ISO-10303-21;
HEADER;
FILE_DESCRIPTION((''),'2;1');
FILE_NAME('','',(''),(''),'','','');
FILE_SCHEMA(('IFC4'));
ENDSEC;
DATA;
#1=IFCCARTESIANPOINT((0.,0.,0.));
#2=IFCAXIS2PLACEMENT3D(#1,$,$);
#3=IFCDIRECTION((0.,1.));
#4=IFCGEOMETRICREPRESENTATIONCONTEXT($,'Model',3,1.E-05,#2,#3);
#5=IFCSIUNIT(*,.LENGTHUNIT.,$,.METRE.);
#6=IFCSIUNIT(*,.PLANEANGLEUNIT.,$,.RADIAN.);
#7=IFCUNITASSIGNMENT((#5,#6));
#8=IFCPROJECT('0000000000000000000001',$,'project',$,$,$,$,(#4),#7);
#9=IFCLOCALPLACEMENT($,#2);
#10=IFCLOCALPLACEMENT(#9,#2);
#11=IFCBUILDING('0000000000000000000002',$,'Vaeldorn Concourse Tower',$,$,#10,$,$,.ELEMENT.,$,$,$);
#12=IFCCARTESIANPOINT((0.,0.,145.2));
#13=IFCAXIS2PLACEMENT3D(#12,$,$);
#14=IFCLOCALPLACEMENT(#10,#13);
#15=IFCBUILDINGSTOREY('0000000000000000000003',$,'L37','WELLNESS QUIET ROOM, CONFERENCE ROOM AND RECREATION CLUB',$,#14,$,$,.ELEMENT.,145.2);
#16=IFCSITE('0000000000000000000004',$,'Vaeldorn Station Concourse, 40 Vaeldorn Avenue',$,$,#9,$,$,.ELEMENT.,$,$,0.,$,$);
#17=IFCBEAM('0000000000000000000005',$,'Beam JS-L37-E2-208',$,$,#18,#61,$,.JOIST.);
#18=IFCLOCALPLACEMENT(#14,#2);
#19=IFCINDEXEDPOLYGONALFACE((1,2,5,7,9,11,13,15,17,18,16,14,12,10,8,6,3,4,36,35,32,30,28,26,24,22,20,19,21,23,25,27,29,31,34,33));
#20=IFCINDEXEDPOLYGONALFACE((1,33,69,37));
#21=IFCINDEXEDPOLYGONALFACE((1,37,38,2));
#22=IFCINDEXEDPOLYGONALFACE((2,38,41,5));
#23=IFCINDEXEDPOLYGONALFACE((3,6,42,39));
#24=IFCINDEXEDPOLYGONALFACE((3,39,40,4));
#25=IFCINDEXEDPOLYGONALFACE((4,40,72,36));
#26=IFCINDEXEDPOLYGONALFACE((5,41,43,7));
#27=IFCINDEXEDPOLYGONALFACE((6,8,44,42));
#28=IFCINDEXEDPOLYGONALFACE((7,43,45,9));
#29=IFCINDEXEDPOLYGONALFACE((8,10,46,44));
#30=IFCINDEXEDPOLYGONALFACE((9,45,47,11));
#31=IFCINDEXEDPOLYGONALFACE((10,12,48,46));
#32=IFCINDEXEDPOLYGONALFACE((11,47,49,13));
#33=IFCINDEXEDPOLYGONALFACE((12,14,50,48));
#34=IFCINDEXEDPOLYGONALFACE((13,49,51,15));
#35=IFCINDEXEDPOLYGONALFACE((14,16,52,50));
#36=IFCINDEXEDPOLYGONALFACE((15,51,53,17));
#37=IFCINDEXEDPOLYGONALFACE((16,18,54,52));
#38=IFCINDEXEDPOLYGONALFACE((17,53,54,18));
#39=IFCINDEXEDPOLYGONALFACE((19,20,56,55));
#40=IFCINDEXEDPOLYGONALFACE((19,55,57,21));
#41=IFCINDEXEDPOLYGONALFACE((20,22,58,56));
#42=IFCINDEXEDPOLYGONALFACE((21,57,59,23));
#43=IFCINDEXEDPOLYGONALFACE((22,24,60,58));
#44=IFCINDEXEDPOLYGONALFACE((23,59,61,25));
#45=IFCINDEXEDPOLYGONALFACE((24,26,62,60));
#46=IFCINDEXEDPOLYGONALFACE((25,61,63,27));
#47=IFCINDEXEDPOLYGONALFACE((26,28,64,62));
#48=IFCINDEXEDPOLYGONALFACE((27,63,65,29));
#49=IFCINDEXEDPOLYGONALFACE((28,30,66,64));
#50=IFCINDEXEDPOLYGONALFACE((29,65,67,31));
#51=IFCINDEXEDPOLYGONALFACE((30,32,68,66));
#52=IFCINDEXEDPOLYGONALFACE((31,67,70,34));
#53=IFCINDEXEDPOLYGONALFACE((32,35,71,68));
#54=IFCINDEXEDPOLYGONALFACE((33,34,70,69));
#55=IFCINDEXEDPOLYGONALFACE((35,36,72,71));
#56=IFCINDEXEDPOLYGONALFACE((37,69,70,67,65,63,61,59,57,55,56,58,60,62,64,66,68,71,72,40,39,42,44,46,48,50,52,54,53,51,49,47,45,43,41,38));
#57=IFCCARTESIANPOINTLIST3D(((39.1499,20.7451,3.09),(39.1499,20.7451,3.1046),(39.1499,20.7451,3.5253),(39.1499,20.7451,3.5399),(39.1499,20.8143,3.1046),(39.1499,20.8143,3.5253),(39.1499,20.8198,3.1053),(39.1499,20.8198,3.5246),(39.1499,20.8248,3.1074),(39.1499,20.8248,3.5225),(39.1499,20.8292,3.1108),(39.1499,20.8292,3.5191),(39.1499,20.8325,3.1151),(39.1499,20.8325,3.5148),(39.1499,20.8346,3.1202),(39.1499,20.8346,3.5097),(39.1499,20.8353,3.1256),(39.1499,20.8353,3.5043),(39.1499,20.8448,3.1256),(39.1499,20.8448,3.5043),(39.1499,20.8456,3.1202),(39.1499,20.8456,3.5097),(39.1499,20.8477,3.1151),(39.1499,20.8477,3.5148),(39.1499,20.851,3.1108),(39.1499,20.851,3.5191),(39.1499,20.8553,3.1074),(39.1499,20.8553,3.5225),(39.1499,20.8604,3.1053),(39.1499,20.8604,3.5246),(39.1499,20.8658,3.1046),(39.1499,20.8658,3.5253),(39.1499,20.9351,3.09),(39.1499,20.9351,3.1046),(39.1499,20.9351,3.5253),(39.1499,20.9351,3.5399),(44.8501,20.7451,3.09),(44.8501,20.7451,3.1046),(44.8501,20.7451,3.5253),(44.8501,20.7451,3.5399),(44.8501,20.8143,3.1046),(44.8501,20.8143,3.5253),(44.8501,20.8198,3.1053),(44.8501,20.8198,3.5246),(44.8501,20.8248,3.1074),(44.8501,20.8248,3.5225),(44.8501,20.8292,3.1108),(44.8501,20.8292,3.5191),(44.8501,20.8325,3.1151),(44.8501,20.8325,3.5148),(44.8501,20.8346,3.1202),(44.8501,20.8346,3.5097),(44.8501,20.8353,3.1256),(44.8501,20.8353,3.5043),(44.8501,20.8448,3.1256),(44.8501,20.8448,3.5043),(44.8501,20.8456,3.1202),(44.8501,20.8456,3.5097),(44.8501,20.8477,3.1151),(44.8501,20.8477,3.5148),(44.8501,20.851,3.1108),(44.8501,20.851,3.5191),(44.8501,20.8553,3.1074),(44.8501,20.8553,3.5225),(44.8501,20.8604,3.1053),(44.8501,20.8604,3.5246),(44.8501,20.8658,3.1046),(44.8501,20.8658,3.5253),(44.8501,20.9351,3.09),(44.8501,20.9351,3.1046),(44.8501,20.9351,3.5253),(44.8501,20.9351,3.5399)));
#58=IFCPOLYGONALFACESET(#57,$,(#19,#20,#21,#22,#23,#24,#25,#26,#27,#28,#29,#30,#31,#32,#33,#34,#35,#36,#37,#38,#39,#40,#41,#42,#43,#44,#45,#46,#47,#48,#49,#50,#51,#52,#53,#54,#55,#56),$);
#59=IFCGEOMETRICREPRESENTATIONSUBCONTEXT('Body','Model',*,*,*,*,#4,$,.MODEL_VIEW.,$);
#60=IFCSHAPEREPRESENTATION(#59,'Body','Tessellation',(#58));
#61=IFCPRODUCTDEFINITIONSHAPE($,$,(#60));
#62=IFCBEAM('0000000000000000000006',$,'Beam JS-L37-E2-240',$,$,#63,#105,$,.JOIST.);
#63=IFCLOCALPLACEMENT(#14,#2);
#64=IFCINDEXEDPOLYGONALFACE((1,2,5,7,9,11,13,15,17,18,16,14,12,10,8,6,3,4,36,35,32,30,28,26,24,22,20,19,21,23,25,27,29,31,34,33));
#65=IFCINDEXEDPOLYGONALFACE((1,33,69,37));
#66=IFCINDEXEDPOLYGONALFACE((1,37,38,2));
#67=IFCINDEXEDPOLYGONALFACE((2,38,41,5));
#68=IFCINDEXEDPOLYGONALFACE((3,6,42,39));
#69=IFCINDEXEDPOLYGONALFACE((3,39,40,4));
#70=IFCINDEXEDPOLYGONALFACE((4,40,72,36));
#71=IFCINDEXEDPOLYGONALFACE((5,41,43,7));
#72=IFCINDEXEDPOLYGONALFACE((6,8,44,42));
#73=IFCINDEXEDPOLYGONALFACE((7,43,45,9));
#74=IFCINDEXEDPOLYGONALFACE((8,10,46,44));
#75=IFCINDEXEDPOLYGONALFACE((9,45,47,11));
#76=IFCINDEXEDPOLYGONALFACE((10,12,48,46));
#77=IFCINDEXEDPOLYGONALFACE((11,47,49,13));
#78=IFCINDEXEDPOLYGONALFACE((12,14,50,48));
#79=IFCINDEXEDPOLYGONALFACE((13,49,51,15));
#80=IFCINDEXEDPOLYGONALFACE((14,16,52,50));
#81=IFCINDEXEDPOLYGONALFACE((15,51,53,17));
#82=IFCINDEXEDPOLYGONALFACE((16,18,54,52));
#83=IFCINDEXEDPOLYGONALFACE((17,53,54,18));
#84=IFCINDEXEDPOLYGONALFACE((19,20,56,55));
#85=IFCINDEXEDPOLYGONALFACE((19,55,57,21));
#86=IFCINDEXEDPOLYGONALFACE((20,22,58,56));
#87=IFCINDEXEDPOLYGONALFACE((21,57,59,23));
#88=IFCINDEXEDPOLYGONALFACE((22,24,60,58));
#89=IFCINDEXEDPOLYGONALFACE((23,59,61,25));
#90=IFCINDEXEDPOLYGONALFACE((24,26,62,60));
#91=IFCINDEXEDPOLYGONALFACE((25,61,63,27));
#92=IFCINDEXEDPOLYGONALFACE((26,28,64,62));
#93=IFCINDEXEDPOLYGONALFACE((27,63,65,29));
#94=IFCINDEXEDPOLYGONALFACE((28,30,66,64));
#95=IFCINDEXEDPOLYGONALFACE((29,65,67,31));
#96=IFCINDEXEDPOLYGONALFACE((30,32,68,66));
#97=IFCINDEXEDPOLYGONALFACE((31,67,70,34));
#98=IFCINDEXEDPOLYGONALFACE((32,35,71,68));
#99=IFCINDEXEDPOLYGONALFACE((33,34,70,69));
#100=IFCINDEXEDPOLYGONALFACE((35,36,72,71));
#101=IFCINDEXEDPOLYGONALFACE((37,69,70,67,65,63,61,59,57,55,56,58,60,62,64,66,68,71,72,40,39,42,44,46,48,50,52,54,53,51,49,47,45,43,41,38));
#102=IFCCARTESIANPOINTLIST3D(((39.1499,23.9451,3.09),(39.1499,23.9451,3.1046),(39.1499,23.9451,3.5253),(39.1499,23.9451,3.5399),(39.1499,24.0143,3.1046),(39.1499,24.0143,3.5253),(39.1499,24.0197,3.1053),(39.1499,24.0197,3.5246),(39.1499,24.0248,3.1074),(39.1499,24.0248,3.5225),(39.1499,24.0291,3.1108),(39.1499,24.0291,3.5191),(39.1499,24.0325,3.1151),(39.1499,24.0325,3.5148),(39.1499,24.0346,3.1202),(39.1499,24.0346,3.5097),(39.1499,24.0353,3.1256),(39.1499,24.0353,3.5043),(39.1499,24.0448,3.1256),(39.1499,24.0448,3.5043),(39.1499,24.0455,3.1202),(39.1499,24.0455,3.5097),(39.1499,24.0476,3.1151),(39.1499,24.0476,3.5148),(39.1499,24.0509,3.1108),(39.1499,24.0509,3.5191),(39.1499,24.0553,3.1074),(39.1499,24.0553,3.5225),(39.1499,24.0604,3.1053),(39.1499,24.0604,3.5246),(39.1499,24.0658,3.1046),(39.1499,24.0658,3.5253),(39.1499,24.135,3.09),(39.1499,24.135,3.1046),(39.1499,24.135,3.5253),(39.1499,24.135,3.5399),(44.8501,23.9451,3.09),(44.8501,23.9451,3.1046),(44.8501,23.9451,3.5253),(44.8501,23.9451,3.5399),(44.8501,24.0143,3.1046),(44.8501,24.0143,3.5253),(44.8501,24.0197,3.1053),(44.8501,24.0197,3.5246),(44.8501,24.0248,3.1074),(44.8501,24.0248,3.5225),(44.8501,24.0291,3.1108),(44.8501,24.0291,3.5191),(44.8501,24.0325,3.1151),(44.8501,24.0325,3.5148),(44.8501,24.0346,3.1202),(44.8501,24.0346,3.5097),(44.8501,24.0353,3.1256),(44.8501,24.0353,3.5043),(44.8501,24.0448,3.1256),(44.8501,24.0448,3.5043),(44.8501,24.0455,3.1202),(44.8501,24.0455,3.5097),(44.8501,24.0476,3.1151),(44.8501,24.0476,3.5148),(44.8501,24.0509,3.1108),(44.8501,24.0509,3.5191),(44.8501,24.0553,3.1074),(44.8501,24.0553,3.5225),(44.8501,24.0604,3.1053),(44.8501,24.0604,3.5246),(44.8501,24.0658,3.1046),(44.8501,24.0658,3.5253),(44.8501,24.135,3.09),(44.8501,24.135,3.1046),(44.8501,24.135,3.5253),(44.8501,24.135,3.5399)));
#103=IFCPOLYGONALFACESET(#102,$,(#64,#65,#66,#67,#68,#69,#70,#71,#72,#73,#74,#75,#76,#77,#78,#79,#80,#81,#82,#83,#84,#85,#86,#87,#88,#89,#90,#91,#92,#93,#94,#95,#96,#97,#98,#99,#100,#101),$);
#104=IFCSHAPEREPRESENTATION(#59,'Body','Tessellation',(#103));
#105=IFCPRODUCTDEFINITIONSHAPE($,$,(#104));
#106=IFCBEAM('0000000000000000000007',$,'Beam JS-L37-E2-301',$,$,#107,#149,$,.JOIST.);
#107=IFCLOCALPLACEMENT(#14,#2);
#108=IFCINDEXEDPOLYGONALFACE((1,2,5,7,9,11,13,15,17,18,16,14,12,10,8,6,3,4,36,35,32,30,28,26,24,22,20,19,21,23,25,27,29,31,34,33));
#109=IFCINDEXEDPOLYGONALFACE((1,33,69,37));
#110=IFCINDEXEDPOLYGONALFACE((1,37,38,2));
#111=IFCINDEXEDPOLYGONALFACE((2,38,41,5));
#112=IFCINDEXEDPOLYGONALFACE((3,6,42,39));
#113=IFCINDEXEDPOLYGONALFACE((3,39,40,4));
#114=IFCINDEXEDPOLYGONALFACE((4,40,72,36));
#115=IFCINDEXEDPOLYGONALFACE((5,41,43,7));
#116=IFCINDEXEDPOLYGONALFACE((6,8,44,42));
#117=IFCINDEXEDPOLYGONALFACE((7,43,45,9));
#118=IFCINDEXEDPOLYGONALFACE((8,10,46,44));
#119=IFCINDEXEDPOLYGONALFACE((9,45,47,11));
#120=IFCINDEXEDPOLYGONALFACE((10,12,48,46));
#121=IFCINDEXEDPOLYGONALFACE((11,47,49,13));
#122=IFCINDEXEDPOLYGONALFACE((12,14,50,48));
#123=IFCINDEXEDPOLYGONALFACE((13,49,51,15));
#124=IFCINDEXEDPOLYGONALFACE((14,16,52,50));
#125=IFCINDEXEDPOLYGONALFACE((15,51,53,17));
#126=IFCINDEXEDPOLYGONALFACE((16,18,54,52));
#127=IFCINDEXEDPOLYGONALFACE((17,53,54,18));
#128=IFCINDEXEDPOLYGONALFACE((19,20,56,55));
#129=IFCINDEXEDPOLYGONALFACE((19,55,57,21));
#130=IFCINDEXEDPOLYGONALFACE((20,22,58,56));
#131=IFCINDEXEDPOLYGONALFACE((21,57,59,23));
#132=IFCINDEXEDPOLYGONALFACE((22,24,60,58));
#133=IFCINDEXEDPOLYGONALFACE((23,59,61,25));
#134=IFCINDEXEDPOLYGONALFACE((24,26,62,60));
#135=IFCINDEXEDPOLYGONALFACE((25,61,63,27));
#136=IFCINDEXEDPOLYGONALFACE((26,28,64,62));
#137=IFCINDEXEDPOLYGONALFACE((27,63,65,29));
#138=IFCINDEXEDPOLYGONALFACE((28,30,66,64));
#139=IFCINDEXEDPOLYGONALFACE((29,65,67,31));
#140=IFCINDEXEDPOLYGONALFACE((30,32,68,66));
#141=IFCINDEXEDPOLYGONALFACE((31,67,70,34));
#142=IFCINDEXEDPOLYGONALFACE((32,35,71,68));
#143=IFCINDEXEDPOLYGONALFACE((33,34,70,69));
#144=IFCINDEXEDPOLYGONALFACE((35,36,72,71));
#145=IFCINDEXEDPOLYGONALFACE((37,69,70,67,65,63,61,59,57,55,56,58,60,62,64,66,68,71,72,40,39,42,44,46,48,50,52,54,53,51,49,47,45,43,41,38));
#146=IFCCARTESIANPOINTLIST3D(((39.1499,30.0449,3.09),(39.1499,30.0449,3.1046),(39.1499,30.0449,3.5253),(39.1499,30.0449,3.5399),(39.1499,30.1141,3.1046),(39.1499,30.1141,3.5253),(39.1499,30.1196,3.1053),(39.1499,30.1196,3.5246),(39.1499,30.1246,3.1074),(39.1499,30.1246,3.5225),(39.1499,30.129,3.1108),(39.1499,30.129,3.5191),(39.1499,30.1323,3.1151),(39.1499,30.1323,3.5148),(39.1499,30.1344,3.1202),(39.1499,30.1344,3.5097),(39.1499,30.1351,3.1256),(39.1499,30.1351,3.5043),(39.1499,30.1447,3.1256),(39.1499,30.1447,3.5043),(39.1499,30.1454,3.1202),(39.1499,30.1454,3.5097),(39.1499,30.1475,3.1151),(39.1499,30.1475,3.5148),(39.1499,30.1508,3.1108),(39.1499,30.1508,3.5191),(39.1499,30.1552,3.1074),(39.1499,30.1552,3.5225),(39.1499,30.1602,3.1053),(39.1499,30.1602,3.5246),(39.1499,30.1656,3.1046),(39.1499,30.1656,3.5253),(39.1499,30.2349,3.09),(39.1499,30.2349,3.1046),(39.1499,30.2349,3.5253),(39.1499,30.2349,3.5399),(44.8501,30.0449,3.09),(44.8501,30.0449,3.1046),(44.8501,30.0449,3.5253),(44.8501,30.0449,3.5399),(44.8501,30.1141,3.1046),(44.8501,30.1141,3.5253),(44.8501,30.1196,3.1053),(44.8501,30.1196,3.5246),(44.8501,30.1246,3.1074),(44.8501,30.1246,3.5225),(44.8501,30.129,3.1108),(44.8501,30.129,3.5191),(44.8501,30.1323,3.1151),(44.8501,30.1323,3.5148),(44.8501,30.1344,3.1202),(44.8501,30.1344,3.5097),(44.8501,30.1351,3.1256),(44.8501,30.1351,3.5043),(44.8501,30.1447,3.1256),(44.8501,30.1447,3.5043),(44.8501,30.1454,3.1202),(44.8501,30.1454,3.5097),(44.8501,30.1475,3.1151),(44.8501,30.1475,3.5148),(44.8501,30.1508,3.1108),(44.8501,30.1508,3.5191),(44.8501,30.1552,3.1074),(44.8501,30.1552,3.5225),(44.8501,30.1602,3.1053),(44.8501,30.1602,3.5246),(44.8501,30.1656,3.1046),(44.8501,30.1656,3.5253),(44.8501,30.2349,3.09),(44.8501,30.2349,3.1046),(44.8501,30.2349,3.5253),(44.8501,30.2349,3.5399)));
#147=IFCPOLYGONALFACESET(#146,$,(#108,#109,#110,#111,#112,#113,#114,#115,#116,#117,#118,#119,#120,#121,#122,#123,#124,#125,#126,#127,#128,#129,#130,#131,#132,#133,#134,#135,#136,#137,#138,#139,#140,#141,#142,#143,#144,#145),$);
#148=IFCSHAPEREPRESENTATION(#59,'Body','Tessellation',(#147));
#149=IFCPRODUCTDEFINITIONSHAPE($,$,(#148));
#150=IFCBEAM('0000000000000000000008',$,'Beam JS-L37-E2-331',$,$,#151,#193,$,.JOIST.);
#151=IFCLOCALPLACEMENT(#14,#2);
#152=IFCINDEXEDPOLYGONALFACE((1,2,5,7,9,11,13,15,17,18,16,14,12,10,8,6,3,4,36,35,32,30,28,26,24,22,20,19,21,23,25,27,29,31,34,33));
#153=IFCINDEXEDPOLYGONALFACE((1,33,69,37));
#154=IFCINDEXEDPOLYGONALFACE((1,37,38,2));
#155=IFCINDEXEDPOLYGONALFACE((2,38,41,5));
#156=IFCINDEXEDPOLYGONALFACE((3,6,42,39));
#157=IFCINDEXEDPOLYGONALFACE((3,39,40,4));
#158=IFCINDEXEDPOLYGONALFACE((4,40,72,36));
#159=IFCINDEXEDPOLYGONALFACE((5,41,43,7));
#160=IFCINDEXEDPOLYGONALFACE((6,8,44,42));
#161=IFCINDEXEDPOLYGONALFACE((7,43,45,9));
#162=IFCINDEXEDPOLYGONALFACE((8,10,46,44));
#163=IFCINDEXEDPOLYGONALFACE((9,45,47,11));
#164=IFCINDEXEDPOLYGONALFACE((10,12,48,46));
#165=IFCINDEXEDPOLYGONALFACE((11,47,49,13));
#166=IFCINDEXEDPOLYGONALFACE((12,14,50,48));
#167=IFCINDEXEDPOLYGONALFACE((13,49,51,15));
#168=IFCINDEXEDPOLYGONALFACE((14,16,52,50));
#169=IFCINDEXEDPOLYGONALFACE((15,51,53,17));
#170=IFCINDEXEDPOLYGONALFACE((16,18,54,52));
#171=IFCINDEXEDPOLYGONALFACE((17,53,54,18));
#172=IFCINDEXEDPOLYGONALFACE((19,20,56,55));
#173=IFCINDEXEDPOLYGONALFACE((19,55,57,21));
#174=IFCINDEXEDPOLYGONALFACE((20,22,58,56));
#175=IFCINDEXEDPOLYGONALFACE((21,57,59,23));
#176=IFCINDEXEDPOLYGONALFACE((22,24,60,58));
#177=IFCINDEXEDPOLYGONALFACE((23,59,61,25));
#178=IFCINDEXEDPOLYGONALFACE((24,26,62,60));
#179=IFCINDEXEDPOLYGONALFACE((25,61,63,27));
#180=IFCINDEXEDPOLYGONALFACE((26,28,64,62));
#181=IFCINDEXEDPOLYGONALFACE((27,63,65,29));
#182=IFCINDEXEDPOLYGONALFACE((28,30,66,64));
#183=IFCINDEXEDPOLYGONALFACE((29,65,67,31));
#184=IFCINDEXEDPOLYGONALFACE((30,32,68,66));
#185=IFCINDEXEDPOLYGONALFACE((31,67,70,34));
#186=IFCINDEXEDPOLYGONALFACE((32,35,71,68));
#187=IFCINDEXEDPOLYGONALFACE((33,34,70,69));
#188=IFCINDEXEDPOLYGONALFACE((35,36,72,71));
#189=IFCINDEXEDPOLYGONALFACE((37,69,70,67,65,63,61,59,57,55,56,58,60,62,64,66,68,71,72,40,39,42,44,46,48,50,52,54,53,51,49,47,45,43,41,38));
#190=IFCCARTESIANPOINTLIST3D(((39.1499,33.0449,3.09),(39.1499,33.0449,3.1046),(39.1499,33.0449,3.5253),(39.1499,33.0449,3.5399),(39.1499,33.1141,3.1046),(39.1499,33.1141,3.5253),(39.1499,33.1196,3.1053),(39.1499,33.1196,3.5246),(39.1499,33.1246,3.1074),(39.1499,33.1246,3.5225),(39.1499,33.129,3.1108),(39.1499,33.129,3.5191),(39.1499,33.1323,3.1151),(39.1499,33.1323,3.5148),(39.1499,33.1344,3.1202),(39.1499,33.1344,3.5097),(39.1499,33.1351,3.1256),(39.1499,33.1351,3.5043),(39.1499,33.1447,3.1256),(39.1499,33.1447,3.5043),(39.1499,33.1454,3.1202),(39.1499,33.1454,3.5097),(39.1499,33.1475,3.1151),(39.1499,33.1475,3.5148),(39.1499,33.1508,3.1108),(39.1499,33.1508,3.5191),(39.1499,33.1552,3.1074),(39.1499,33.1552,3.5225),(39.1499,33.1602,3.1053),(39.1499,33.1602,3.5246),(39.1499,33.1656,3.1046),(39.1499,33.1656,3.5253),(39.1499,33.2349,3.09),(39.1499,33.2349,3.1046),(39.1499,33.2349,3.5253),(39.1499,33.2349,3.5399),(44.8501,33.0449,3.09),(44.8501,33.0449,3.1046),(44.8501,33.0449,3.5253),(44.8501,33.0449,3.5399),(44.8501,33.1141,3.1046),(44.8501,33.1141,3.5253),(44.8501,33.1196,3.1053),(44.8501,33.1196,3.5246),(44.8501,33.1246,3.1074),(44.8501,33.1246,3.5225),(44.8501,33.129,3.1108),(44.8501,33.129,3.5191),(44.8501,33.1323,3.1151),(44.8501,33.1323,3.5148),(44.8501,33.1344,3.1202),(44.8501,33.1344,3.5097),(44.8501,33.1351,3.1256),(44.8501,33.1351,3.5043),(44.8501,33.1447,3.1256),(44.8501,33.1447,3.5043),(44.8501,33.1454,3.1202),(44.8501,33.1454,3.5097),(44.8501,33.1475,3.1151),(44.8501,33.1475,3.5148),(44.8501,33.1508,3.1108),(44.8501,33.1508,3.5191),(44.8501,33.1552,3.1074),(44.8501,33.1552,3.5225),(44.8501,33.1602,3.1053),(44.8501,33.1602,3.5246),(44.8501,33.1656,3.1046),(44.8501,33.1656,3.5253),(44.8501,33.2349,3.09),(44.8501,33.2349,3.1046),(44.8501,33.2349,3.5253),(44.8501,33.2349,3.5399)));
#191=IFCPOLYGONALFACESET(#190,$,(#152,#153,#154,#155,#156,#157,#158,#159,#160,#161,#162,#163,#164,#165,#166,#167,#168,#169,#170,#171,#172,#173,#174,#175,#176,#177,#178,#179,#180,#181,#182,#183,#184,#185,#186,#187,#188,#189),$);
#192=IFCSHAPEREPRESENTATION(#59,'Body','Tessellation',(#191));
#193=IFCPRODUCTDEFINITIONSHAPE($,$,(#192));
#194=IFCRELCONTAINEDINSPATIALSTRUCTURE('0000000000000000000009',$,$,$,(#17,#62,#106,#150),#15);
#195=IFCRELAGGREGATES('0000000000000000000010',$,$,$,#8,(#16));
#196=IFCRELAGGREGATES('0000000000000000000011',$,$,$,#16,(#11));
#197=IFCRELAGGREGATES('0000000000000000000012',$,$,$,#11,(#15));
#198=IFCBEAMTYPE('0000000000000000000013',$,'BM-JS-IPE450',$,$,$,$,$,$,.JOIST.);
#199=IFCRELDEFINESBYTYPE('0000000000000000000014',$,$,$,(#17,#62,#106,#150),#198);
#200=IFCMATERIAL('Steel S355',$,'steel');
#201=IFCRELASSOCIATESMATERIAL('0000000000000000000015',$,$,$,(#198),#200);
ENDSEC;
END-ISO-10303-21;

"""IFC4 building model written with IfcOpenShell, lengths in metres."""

from ifc_helpers import new_model, si_unit, direction, frame, origin, origin_2d, place, context, subcontext, project, spatial, i_section, extrude, source, transform, mapped, material, material_profile, profile_set, type_object, element, save


model = new_model("IFC4")

# Units and contexts
model_context = context("Model", 3, precision=1e-05, world=origin(), true_north=direction((0.0, 1.0)))
body_context = subcontext(model_context, "Body", "Model", "MODEL_VIEW")
ifc_project = project(units=[si_unit("LENGTHUNIT", "METRE"), si_unit("PLANEANGLEUNIT", "RADIAN")], contexts=[model_context])

# Site, building, storey
site_placement = place(None, origin())
site = spatial("IfcSite", under=ifc_project, at=site_placement, Name="Vaeldorn Station Concourse, 40 Vaeldorn Avenue", CompositionType="ELEMENT", RefElevation=0.0)
building_placement = place(site_placement, origin())
building = spatial("IfcBuilding", under=site, at=building_placement, Name="Vaeldorn Concourse Tower", CompositionType="ELEMENT")
storey_placement = place(building_placement, frame((0.0, 0.0, 145.2)))
storey = spatial("IfcBuildingStorey", under=building, at=storey_placement, Name="L37", Description="WELLNESS QUIET ROOM, CONFERENCE ROOM AND RECREATION CLUB", CompositionType="ELEMENT", Elevation=145.2)

# Beams
ifc_material_1 = material(Name="Steel S355", Category="steel")
ifc_material_profile_1 = material_profile(ifc_material_1, i_section(OverallWidth=0.1899, OverallDepth=0.45, WebThickness=0.0095, FlangeThickness=0.0146, FilletRadius=0.021, at=origin_2d()), Name="IPE 450")
ifc_profile_set_1 = profile_set([ifc_material_profile_1], Name="Steel S355")
beam_type_1 = type_object("IfcBeamType", Name="BM-JS-IPE450", PredefinedType="JOIST", material=ifc_profile_set_1)
shared_shape_1 = source(origin(), body_context, "Body", "SweptSolid", [
    extrude(i_section(OverallWidth=0.1899, OverallDepth=0.45, WebThickness=0.0095, FlangeThickness=0.0146, FilletRadius=0.021, at=origin_2d()), origin(), (0.0, 0.0, 1.0), 5.7002),
])
for number, where, z_axis, x_axis, name in (
    (1, (39.1499, 20.8401, 3.3149), (1.0, 0.0, 0.0), (0.0, 1.0, 0.0), "Beam JS-L37-E2-208"),
    (2, (39.1499, 24.04, 3.3149), (1.0, 0.0, 0.0), (0.0, 1.0, 0.0), "Beam JS-L37-E2-240"),
    (3, (39.1499, 30.1399, 3.3149), (1.0, 0.0, 0.0), (0.0, 1.0, 0.0), "Beam JS-L37-E2-301"),
    (4, (39.1499, 33.1399, 3.3149), (1.0, 0.0, 0.0), (0.0, 1.0, 0.0), "Beam JS-L37-E2-331"),
):
    element("IfcBeam", number, at=place(storey_placement, frame(where, z_axis=z_axis, x_axis=x_axis)), inside=storey, type_object=beam_type_1, Name=name, PredefinedType="JOIST", context=body_context, shape_type="MappedRepresentation", body=[
        mapped(shared_shape_1, transform((0.0, 0.0, 0.0), scale=1.0)),
    ])

save(model, "model.ifc")
